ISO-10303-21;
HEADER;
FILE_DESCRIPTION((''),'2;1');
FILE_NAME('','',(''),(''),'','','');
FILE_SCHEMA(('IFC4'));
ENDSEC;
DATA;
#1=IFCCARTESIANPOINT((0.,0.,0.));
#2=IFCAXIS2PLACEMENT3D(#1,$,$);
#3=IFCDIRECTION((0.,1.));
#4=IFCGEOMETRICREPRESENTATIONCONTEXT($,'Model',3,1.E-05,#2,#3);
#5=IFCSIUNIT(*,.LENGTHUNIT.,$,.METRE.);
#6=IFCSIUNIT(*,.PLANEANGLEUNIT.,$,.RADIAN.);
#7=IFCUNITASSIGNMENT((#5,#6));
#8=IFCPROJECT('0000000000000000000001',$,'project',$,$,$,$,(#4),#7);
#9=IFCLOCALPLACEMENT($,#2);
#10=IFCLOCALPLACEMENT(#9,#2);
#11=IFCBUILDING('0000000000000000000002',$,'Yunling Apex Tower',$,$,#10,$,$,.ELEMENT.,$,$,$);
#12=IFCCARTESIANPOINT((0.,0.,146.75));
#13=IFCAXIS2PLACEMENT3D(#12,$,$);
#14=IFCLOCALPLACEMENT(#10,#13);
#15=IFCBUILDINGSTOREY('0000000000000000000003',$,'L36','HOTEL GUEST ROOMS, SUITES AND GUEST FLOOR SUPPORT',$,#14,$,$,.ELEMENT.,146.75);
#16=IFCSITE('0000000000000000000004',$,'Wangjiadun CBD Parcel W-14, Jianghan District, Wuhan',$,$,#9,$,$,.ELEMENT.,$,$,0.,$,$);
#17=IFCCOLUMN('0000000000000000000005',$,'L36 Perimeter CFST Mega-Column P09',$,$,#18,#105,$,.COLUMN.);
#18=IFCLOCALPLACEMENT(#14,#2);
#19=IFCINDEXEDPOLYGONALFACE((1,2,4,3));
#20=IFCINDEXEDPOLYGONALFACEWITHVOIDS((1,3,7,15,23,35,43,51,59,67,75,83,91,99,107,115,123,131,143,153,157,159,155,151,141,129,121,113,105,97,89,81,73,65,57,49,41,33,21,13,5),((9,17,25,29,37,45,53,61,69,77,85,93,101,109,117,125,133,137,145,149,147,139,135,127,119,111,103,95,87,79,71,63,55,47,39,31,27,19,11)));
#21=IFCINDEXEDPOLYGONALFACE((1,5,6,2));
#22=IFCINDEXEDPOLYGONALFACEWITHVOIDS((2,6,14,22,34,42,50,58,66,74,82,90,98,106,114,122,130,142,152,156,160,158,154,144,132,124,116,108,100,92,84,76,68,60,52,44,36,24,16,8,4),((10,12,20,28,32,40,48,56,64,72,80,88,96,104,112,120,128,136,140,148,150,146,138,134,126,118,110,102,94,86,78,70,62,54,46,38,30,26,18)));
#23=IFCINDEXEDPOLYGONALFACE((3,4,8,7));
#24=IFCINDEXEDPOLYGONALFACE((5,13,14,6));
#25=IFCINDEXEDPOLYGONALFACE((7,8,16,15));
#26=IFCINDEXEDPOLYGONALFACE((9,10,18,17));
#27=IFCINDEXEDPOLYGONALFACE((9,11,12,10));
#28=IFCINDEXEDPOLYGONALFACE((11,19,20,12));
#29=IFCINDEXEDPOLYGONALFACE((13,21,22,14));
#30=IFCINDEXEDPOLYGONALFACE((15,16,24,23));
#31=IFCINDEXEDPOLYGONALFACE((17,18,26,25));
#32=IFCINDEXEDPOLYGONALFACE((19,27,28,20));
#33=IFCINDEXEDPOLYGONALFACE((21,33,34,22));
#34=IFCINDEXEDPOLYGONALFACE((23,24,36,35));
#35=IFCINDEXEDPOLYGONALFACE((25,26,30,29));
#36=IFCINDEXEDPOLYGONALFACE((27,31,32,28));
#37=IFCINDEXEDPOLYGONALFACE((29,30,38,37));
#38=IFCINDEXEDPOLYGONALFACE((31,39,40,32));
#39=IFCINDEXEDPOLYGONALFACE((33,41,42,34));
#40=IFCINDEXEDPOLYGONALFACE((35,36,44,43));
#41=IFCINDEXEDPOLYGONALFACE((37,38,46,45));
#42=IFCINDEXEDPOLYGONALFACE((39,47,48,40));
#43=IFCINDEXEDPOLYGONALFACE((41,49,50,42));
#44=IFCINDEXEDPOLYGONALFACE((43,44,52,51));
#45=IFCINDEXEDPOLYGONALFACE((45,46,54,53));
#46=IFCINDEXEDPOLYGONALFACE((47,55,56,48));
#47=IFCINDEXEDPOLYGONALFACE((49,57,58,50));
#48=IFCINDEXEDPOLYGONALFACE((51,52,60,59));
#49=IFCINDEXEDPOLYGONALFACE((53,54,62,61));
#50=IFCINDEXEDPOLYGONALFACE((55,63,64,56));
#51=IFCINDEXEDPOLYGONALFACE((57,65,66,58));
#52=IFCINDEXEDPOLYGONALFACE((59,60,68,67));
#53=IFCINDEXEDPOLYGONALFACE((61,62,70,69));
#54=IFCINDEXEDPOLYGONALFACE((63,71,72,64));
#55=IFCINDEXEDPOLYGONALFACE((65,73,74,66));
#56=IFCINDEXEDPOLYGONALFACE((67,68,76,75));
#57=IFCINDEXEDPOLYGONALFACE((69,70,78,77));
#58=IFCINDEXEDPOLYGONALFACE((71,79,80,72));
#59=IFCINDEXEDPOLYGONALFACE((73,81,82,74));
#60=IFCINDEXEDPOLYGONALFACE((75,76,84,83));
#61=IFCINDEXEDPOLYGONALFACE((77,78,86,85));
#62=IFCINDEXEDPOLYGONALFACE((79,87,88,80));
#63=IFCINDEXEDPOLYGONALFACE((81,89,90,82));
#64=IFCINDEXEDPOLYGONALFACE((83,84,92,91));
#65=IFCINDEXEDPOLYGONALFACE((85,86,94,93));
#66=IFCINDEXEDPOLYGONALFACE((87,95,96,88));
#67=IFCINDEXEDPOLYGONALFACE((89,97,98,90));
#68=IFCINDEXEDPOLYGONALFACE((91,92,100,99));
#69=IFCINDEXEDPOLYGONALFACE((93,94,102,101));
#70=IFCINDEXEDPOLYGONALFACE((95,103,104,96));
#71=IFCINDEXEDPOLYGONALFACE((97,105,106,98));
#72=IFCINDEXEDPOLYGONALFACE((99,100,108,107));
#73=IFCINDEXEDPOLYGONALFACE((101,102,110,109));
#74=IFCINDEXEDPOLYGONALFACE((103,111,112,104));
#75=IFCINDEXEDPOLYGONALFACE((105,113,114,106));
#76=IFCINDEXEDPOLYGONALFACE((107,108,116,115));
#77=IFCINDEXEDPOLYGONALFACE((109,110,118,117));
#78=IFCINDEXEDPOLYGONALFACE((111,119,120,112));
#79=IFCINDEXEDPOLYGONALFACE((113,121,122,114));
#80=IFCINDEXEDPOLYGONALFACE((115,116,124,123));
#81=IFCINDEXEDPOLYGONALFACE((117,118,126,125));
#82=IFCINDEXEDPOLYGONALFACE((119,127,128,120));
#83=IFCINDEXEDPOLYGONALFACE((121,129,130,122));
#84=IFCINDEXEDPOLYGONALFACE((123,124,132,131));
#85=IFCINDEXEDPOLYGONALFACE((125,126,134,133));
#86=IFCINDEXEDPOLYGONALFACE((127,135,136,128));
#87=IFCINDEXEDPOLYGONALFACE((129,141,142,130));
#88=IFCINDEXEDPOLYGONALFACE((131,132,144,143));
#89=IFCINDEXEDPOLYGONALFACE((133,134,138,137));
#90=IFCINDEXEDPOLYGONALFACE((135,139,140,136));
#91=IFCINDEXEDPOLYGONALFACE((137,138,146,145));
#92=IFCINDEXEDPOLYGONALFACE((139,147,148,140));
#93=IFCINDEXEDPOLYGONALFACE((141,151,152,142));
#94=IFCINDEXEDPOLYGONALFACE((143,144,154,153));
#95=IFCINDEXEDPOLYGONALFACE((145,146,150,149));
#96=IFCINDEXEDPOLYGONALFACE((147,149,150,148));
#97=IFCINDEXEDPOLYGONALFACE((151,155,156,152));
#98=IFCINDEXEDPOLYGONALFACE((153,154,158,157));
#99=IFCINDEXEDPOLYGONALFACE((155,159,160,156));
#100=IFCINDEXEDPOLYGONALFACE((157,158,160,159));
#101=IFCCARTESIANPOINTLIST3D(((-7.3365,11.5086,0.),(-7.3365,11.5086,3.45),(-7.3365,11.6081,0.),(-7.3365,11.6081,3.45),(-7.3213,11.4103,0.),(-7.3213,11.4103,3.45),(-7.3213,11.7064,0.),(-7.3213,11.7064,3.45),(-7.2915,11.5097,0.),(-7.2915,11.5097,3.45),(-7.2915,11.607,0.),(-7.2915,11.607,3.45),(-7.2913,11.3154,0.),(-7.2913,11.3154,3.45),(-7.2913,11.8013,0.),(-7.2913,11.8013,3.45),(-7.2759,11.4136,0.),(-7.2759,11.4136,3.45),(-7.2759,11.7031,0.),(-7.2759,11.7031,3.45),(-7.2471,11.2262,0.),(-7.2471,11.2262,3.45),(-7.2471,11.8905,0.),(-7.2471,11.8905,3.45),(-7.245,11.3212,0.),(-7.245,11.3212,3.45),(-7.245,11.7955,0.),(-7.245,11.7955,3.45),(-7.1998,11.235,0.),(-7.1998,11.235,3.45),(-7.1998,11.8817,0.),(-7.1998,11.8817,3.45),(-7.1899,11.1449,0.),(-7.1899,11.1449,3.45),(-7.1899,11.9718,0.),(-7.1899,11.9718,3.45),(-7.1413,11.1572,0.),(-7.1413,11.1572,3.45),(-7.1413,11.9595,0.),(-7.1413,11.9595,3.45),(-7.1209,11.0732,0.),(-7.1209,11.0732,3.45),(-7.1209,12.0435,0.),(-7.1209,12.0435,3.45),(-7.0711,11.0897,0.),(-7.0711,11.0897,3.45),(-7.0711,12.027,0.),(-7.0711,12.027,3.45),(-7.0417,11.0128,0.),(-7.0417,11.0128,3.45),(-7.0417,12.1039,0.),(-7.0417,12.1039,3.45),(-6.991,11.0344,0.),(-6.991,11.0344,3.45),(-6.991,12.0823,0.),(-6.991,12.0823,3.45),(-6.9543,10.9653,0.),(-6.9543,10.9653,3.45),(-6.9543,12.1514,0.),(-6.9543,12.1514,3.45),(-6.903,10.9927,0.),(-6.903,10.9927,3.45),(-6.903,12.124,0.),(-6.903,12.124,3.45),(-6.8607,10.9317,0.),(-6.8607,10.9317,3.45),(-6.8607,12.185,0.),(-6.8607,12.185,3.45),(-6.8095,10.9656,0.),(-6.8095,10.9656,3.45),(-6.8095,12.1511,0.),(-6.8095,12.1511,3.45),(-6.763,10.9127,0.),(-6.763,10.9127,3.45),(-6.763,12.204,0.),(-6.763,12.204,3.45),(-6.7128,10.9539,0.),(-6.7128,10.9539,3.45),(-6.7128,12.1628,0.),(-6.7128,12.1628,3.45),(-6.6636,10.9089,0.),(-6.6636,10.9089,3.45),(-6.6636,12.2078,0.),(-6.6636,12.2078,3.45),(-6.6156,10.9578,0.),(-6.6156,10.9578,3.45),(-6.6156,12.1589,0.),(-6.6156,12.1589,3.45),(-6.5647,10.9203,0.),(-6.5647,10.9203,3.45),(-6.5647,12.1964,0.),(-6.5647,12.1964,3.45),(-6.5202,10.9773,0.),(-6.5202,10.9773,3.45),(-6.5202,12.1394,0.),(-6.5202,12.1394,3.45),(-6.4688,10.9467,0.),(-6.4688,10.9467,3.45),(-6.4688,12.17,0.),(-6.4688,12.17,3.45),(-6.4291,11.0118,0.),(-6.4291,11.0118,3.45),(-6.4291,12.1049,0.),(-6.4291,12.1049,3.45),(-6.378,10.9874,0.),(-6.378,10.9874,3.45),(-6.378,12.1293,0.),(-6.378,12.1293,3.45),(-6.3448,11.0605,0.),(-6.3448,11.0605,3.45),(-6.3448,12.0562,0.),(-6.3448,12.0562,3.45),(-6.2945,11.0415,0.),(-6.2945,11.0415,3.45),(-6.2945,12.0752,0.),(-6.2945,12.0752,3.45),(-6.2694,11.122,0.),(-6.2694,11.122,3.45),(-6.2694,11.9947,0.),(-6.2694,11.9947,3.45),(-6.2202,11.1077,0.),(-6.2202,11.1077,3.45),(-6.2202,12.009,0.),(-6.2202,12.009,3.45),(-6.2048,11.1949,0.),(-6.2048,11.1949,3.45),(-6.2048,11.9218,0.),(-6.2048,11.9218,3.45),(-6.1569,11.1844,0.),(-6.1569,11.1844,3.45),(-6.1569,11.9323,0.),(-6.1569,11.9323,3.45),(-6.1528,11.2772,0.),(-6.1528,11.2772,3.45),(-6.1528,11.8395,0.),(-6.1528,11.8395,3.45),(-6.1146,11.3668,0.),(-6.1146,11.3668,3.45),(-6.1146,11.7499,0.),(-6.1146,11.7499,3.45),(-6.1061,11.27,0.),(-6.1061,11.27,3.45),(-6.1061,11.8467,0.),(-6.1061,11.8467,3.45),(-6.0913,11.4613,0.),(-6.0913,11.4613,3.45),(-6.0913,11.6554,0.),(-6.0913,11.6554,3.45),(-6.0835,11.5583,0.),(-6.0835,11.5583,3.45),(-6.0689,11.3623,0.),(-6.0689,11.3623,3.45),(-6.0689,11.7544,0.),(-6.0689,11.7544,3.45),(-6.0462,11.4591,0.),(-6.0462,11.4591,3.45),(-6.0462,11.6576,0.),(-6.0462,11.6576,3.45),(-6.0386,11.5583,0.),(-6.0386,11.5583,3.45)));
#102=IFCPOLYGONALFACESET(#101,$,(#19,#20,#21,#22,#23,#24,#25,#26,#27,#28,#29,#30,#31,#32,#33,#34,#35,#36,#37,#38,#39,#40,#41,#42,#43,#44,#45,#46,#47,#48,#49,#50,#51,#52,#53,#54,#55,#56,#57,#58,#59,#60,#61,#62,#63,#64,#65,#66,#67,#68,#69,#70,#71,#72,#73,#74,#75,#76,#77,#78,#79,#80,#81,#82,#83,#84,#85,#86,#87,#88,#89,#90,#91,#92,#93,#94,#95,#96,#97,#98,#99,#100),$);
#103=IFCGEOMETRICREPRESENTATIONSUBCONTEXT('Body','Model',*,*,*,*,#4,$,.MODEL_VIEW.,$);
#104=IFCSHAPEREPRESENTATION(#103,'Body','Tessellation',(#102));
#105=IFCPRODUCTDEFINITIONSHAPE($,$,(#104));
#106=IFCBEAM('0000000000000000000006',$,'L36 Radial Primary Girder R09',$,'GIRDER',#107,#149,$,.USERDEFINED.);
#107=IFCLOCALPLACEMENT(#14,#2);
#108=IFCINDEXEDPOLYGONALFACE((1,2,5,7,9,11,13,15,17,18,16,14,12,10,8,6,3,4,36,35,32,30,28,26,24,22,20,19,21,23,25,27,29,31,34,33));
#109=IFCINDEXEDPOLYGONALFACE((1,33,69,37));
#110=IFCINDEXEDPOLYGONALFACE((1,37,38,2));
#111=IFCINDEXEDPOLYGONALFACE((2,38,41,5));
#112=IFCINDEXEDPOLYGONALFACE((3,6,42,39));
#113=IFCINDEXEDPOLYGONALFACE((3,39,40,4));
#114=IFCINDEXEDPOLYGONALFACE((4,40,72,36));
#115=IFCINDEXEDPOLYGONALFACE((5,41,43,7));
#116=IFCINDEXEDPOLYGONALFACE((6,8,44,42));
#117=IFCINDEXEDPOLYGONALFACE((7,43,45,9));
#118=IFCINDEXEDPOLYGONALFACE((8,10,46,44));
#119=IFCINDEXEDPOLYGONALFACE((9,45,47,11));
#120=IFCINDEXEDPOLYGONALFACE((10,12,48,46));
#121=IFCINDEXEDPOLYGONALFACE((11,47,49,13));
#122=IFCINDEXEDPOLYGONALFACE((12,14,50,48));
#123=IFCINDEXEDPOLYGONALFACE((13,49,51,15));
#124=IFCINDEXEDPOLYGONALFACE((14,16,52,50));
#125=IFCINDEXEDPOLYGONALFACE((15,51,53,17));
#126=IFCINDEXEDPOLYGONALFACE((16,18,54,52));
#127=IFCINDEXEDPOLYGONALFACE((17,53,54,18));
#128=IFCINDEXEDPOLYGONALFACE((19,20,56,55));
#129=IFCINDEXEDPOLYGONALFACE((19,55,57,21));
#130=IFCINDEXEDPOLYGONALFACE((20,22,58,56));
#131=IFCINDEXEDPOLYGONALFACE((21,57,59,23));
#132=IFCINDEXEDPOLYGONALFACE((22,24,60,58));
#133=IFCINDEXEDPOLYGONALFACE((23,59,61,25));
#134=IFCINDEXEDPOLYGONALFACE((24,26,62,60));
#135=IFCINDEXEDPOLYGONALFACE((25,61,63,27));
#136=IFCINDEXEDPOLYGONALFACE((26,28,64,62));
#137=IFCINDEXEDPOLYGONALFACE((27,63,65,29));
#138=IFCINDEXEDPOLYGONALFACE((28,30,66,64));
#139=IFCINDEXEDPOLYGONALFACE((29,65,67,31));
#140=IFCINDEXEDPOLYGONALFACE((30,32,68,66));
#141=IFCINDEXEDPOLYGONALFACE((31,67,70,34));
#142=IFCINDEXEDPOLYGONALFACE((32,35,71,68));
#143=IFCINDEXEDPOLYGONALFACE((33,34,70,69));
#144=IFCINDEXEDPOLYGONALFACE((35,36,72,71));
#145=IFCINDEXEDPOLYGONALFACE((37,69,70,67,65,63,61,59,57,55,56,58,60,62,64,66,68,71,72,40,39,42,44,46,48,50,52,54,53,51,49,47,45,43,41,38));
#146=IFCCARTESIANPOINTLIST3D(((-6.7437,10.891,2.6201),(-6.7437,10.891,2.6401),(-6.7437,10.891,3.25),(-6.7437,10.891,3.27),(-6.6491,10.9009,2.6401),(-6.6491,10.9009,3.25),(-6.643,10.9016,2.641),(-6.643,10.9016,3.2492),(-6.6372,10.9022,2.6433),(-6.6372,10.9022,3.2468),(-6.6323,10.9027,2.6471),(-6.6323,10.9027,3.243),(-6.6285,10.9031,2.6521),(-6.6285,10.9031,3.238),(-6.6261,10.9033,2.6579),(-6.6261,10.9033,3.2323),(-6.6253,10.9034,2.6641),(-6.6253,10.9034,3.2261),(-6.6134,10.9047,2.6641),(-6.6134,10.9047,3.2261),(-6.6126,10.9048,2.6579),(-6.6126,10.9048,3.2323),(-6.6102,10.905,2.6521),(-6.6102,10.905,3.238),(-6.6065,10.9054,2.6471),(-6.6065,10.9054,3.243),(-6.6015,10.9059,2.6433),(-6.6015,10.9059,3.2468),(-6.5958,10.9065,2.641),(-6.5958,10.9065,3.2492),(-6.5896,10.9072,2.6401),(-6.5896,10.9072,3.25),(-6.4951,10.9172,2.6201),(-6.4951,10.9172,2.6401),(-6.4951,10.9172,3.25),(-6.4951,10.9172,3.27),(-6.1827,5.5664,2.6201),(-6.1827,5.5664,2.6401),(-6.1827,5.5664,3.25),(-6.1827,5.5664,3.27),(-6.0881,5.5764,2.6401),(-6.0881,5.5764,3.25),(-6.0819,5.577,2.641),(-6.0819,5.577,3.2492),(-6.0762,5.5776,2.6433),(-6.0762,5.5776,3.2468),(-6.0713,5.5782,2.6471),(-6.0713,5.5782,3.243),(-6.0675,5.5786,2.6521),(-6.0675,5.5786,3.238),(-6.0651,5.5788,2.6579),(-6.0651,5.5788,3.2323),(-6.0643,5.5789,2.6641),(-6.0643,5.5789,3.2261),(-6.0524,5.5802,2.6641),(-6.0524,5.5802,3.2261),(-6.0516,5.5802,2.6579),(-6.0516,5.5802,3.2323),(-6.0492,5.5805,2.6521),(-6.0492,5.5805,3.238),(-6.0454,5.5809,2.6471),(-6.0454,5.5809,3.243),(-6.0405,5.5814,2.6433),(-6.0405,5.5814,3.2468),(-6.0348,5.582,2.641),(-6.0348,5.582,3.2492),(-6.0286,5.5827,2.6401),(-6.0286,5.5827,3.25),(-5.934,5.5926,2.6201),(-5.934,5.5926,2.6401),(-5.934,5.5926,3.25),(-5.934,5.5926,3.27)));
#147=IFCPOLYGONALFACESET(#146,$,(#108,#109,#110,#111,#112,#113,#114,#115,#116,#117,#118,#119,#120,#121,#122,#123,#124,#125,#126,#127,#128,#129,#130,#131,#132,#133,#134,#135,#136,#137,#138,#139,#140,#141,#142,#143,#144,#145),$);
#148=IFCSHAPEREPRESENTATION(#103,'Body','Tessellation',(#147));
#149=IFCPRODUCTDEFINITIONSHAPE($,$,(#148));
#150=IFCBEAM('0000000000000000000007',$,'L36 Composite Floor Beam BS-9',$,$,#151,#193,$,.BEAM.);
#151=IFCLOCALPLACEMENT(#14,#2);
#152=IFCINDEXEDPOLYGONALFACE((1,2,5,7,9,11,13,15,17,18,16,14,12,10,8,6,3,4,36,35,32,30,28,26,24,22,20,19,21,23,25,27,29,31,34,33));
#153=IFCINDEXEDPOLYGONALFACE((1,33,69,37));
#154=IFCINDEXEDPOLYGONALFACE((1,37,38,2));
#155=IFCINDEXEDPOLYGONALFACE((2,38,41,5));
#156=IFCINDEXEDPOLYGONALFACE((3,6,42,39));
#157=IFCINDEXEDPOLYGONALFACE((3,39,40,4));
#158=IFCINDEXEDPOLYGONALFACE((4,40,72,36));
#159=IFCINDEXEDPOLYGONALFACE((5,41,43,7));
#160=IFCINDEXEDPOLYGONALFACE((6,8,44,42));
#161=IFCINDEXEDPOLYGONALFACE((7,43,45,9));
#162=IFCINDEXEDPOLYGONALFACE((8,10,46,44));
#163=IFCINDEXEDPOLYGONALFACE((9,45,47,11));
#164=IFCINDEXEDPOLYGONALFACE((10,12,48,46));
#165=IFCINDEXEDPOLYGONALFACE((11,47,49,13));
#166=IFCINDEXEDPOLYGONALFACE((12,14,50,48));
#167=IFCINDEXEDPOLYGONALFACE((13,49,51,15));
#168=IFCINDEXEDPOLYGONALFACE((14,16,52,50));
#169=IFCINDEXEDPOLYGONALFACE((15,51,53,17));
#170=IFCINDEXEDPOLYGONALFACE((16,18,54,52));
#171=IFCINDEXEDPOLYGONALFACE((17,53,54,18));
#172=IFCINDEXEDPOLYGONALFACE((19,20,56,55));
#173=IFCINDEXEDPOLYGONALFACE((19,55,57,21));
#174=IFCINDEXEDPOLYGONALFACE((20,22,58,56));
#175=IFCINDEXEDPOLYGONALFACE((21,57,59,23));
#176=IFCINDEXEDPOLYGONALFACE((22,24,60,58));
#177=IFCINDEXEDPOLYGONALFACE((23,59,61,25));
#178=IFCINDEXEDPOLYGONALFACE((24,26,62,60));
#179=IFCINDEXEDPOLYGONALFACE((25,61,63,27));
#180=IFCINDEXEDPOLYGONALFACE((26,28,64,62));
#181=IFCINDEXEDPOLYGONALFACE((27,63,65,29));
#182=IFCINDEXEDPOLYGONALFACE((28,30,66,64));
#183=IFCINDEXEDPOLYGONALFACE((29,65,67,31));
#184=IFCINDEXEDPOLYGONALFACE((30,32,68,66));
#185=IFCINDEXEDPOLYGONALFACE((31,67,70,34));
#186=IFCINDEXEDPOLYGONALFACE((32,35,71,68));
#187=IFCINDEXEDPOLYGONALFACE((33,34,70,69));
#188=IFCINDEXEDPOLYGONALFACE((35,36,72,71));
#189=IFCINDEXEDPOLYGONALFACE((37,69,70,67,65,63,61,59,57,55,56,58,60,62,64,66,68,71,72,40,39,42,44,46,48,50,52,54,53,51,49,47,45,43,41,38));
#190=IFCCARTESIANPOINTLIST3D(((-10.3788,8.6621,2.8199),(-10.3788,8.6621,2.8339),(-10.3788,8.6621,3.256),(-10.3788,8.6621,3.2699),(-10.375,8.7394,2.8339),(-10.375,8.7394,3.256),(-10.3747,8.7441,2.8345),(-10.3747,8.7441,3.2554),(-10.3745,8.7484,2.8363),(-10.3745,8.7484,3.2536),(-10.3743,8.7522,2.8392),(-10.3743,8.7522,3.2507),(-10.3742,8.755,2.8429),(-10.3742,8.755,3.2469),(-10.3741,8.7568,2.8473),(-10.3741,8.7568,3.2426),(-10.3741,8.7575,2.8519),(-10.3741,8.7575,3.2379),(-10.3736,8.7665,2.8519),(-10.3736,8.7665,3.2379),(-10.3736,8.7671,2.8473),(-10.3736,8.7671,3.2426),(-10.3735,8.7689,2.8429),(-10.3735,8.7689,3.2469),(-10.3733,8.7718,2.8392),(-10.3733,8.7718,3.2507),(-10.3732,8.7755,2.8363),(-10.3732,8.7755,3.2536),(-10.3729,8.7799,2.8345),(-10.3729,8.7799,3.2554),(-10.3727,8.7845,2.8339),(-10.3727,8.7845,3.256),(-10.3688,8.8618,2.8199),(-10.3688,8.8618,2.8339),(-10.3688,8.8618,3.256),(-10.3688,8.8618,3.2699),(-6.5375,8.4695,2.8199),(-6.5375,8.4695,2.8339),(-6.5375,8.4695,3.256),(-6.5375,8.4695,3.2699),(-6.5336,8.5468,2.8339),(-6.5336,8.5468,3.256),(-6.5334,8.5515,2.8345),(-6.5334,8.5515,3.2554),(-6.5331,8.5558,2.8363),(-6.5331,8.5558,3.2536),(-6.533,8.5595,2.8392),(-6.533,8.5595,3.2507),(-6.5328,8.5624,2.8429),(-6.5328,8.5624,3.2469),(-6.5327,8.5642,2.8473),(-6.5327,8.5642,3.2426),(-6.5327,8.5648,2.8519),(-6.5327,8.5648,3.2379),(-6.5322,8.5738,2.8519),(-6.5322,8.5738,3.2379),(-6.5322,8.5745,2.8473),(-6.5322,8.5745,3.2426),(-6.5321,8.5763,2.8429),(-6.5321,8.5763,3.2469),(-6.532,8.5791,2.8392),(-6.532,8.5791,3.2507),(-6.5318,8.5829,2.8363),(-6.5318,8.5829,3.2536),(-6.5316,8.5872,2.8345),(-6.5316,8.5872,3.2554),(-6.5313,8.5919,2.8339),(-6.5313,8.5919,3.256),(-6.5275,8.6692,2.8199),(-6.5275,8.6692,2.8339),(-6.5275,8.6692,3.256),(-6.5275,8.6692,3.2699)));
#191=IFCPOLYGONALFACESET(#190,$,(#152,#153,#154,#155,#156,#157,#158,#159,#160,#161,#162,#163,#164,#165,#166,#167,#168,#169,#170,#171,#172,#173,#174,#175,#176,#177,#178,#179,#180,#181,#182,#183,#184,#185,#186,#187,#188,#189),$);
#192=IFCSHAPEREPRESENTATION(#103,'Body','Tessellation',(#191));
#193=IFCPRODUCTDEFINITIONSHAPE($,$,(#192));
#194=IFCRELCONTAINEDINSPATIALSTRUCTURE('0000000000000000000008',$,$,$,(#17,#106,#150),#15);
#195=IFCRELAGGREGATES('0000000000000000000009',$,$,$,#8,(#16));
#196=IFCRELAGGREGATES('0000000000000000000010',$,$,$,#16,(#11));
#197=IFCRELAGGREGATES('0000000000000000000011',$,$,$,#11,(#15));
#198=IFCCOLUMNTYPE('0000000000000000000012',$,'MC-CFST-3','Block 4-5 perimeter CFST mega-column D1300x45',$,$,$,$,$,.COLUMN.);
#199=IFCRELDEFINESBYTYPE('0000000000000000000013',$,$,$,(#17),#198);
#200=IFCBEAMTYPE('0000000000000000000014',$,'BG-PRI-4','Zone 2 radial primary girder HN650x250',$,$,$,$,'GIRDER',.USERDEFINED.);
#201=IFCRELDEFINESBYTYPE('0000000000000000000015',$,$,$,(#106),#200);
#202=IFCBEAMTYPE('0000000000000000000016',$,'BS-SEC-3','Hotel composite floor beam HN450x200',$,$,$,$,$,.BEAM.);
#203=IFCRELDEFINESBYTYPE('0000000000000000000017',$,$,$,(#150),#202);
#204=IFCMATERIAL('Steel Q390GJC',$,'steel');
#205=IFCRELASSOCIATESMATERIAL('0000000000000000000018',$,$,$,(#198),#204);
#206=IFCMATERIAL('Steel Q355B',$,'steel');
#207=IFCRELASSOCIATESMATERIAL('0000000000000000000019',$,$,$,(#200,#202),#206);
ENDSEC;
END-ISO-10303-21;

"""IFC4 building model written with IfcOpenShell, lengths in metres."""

from ifc_helpers import new_model, si_unit, direction, frame, origin, origin_2d, place, context, subcontext, project, spatial, hollow_circle, i_section, extrude, source, transform, mapped, material, material_profile, profile_set, type_object, element, save


model = new_model("IFC4")

# Units and contexts
model_context = context("Model", 3, precision=1e-05, world=origin(), true_north=direction((0.0, 1.0)))
body_context = subcontext(model_context, "Body", "Model", "MODEL_VIEW")
ifc_project = project(units=[si_unit("LENGTHUNIT", "METRE"), si_unit("PLANEANGLEUNIT", "RADIAN")], contexts=[model_context])

# Site, building, storey
site_placement = place(None, origin())
site = spatial("IfcSite", under=ifc_project, at=site_placement, Name="Wangjiadun CBD Parcel W-14, Jianghan District, Wuhan", CompositionType="ELEMENT", RefElevation=0.0)
building_placement = place(site_placement, origin())
building = spatial("IfcBuilding", under=site, at=building_placement, Name="Yunling Apex Tower", CompositionType="ELEMENT")
storey_placement = place(building_placement, frame((0.0, 0.0, 146.75)))
storey = spatial("IfcBuildingStorey", under=building, at=storey_placement, Name="L36", Description="HOTEL GUEST ROOMS, SUITES AND GUEST FLOOR SUPPORT", CompositionType="ELEMENT", Elevation=146.75)

# Column
ifc_material_1 = material(Name="Steel Q390GJC", Category="steel")
ifc_material_profile_1 = material_profile(ifc_material_1, hollow_circle(Radius=0.6499, WallThickness=0.0449, at=origin_2d()))
ifc_profile_set_1 = profile_set([ifc_material_profile_1], Name="Steel Q390GJC")
column_type = type_object("IfcColumnType", Name="MC-CFST-3", Description="Block 4-5 perimeter CFST mega-column D1300x45", PredefinedType="COLUMN", material=ifc_profile_set_1)
shared_shape_1 = source(origin(), body_context, "Body", "SweptSolid", [
    extrude(hollow_circle(Radius=0.6499, WallThickness=0.0449, at=origin_2d()), origin(), (0.0, 0.0, 1.0), 3.45),
])
column_placement = place(storey_placement, frame((-6.6885, 11.5583, 0.0), z_axis=(0.0, 0.0, 1.0), x_axis=(1.0, 0.0, 0.0)))
element("IfcColumn", 1, at=column_placement, inside=storey, type_object=column_type, Name="L36 Perimeter CFST Mega-Column P09", PredefinedType="COLUMN", context=body_context, shape_type="MappedRepresentation", body=[
    mapped(shared_shape_1, transform((0.0, 0.0, 0.0), scale=1.0)),
])

# Beams
ifc_material_2 = material(Name="Steel Q355B", Category="steel")
ifc_material_profile_2 = material_profile(ifc_material_2, i_section(OverallWidth=0.25, OverallDepth=0.6499, WebThickness=0.012, FlangeThickness=0.02, FilletRadius=0.0239, at=origin_2d()))
ifc_profile_set_2 = profile_set([ifc_material_profile_2], Name="Steel Q355B")
beam_type_1 = type_object("IfcBeamType", Name="BG-PRI-4", Description="Zone 2 radial primary girder HN650x250", ElementType="GIRDER", PredefinedType="USERDEFINED", material=ifc_profile_set_2)
shared_shape_2 = source(origin(), body_context, "Body", "SweptSolid", [
    extrude(i_section(OverallWidth=0.25, OverallDepth=0.6499, WebThickness=0.012, FlangeThickness=0.02, FilletRadius=0.0239, at=origin_2d()), origin(), (0.0, 0.0, 1.0), 5.354),
])
beam_1_placement = place(storey_placement, frame((-6.6194, 10.9041, 2.9451), z_axis=(0.104789, -0.994494, 0.0), x_axis=(0.994494, 0.104789, 0.0)))
element("IfcBeam", 2, at=beam_1_placement, inside=storey, type_object=beam_type_1, Name="L36 Radial Primary Girder R09", ObjectType="GIRDER", PredefinedType="USERDEFINED", context=body_context, shape_type="MappedRepresentation", body=[
    mapped(shared_shape_2, transform((0.0, 0.0, 0.0), scale=1.0)),
])
ifc_material_profile_3 = material_profile(ifc_material_2, i_section(OverallWidth=0.2, OverallDepth=0.45, WebThickness=0.009, FlangeThickness=0.0139, FilletRadius=0.0181, at=origin_2d()))
ifc_profile_set_3 = profile_set([ifc_material_profile_3], Name="Steel Q355B")
beam_type_2 = type_object("IfcBeamType", Name="BS-SEC-3", Description="Hotel composite floor beam HN450x200", PredefinedType="BEAM", material=ifc_profile_set_3)
shared_shape_3 = source(origin(), body_context, "Body", "SweptSolid", [
    extrude(i_section(OverallWidth=0.2, OverallDepth=0.45, WebThickness=0.009, FlangeThickness=0.0139, FilletRadius=0.0181, at=origin_2d()), origin(), (0.0, 0.0, 1.0), 3.8462),
])
beam_2_placement = place(storey_placement, frame((-6.5325, 8.5693, 3.0449), z_axis=(-0.998745, 0.050083, 0.0), x_axis=(-0.050083, -0.998745, 0.0)))
element("IfcBeam", 3, at=beam_2_placement, inside=storey, type_object=beam_type_2, Name="L36 Composite Floor Beam BS-9", PredefinedType="BEAM", context=body_context, shape_type="MappedRepresentation", body=[
    mapped(shared_shape_3, transform((0.0, 0.0, 0.0), scale=1.0)),
])

save(model, "model.ifc")
